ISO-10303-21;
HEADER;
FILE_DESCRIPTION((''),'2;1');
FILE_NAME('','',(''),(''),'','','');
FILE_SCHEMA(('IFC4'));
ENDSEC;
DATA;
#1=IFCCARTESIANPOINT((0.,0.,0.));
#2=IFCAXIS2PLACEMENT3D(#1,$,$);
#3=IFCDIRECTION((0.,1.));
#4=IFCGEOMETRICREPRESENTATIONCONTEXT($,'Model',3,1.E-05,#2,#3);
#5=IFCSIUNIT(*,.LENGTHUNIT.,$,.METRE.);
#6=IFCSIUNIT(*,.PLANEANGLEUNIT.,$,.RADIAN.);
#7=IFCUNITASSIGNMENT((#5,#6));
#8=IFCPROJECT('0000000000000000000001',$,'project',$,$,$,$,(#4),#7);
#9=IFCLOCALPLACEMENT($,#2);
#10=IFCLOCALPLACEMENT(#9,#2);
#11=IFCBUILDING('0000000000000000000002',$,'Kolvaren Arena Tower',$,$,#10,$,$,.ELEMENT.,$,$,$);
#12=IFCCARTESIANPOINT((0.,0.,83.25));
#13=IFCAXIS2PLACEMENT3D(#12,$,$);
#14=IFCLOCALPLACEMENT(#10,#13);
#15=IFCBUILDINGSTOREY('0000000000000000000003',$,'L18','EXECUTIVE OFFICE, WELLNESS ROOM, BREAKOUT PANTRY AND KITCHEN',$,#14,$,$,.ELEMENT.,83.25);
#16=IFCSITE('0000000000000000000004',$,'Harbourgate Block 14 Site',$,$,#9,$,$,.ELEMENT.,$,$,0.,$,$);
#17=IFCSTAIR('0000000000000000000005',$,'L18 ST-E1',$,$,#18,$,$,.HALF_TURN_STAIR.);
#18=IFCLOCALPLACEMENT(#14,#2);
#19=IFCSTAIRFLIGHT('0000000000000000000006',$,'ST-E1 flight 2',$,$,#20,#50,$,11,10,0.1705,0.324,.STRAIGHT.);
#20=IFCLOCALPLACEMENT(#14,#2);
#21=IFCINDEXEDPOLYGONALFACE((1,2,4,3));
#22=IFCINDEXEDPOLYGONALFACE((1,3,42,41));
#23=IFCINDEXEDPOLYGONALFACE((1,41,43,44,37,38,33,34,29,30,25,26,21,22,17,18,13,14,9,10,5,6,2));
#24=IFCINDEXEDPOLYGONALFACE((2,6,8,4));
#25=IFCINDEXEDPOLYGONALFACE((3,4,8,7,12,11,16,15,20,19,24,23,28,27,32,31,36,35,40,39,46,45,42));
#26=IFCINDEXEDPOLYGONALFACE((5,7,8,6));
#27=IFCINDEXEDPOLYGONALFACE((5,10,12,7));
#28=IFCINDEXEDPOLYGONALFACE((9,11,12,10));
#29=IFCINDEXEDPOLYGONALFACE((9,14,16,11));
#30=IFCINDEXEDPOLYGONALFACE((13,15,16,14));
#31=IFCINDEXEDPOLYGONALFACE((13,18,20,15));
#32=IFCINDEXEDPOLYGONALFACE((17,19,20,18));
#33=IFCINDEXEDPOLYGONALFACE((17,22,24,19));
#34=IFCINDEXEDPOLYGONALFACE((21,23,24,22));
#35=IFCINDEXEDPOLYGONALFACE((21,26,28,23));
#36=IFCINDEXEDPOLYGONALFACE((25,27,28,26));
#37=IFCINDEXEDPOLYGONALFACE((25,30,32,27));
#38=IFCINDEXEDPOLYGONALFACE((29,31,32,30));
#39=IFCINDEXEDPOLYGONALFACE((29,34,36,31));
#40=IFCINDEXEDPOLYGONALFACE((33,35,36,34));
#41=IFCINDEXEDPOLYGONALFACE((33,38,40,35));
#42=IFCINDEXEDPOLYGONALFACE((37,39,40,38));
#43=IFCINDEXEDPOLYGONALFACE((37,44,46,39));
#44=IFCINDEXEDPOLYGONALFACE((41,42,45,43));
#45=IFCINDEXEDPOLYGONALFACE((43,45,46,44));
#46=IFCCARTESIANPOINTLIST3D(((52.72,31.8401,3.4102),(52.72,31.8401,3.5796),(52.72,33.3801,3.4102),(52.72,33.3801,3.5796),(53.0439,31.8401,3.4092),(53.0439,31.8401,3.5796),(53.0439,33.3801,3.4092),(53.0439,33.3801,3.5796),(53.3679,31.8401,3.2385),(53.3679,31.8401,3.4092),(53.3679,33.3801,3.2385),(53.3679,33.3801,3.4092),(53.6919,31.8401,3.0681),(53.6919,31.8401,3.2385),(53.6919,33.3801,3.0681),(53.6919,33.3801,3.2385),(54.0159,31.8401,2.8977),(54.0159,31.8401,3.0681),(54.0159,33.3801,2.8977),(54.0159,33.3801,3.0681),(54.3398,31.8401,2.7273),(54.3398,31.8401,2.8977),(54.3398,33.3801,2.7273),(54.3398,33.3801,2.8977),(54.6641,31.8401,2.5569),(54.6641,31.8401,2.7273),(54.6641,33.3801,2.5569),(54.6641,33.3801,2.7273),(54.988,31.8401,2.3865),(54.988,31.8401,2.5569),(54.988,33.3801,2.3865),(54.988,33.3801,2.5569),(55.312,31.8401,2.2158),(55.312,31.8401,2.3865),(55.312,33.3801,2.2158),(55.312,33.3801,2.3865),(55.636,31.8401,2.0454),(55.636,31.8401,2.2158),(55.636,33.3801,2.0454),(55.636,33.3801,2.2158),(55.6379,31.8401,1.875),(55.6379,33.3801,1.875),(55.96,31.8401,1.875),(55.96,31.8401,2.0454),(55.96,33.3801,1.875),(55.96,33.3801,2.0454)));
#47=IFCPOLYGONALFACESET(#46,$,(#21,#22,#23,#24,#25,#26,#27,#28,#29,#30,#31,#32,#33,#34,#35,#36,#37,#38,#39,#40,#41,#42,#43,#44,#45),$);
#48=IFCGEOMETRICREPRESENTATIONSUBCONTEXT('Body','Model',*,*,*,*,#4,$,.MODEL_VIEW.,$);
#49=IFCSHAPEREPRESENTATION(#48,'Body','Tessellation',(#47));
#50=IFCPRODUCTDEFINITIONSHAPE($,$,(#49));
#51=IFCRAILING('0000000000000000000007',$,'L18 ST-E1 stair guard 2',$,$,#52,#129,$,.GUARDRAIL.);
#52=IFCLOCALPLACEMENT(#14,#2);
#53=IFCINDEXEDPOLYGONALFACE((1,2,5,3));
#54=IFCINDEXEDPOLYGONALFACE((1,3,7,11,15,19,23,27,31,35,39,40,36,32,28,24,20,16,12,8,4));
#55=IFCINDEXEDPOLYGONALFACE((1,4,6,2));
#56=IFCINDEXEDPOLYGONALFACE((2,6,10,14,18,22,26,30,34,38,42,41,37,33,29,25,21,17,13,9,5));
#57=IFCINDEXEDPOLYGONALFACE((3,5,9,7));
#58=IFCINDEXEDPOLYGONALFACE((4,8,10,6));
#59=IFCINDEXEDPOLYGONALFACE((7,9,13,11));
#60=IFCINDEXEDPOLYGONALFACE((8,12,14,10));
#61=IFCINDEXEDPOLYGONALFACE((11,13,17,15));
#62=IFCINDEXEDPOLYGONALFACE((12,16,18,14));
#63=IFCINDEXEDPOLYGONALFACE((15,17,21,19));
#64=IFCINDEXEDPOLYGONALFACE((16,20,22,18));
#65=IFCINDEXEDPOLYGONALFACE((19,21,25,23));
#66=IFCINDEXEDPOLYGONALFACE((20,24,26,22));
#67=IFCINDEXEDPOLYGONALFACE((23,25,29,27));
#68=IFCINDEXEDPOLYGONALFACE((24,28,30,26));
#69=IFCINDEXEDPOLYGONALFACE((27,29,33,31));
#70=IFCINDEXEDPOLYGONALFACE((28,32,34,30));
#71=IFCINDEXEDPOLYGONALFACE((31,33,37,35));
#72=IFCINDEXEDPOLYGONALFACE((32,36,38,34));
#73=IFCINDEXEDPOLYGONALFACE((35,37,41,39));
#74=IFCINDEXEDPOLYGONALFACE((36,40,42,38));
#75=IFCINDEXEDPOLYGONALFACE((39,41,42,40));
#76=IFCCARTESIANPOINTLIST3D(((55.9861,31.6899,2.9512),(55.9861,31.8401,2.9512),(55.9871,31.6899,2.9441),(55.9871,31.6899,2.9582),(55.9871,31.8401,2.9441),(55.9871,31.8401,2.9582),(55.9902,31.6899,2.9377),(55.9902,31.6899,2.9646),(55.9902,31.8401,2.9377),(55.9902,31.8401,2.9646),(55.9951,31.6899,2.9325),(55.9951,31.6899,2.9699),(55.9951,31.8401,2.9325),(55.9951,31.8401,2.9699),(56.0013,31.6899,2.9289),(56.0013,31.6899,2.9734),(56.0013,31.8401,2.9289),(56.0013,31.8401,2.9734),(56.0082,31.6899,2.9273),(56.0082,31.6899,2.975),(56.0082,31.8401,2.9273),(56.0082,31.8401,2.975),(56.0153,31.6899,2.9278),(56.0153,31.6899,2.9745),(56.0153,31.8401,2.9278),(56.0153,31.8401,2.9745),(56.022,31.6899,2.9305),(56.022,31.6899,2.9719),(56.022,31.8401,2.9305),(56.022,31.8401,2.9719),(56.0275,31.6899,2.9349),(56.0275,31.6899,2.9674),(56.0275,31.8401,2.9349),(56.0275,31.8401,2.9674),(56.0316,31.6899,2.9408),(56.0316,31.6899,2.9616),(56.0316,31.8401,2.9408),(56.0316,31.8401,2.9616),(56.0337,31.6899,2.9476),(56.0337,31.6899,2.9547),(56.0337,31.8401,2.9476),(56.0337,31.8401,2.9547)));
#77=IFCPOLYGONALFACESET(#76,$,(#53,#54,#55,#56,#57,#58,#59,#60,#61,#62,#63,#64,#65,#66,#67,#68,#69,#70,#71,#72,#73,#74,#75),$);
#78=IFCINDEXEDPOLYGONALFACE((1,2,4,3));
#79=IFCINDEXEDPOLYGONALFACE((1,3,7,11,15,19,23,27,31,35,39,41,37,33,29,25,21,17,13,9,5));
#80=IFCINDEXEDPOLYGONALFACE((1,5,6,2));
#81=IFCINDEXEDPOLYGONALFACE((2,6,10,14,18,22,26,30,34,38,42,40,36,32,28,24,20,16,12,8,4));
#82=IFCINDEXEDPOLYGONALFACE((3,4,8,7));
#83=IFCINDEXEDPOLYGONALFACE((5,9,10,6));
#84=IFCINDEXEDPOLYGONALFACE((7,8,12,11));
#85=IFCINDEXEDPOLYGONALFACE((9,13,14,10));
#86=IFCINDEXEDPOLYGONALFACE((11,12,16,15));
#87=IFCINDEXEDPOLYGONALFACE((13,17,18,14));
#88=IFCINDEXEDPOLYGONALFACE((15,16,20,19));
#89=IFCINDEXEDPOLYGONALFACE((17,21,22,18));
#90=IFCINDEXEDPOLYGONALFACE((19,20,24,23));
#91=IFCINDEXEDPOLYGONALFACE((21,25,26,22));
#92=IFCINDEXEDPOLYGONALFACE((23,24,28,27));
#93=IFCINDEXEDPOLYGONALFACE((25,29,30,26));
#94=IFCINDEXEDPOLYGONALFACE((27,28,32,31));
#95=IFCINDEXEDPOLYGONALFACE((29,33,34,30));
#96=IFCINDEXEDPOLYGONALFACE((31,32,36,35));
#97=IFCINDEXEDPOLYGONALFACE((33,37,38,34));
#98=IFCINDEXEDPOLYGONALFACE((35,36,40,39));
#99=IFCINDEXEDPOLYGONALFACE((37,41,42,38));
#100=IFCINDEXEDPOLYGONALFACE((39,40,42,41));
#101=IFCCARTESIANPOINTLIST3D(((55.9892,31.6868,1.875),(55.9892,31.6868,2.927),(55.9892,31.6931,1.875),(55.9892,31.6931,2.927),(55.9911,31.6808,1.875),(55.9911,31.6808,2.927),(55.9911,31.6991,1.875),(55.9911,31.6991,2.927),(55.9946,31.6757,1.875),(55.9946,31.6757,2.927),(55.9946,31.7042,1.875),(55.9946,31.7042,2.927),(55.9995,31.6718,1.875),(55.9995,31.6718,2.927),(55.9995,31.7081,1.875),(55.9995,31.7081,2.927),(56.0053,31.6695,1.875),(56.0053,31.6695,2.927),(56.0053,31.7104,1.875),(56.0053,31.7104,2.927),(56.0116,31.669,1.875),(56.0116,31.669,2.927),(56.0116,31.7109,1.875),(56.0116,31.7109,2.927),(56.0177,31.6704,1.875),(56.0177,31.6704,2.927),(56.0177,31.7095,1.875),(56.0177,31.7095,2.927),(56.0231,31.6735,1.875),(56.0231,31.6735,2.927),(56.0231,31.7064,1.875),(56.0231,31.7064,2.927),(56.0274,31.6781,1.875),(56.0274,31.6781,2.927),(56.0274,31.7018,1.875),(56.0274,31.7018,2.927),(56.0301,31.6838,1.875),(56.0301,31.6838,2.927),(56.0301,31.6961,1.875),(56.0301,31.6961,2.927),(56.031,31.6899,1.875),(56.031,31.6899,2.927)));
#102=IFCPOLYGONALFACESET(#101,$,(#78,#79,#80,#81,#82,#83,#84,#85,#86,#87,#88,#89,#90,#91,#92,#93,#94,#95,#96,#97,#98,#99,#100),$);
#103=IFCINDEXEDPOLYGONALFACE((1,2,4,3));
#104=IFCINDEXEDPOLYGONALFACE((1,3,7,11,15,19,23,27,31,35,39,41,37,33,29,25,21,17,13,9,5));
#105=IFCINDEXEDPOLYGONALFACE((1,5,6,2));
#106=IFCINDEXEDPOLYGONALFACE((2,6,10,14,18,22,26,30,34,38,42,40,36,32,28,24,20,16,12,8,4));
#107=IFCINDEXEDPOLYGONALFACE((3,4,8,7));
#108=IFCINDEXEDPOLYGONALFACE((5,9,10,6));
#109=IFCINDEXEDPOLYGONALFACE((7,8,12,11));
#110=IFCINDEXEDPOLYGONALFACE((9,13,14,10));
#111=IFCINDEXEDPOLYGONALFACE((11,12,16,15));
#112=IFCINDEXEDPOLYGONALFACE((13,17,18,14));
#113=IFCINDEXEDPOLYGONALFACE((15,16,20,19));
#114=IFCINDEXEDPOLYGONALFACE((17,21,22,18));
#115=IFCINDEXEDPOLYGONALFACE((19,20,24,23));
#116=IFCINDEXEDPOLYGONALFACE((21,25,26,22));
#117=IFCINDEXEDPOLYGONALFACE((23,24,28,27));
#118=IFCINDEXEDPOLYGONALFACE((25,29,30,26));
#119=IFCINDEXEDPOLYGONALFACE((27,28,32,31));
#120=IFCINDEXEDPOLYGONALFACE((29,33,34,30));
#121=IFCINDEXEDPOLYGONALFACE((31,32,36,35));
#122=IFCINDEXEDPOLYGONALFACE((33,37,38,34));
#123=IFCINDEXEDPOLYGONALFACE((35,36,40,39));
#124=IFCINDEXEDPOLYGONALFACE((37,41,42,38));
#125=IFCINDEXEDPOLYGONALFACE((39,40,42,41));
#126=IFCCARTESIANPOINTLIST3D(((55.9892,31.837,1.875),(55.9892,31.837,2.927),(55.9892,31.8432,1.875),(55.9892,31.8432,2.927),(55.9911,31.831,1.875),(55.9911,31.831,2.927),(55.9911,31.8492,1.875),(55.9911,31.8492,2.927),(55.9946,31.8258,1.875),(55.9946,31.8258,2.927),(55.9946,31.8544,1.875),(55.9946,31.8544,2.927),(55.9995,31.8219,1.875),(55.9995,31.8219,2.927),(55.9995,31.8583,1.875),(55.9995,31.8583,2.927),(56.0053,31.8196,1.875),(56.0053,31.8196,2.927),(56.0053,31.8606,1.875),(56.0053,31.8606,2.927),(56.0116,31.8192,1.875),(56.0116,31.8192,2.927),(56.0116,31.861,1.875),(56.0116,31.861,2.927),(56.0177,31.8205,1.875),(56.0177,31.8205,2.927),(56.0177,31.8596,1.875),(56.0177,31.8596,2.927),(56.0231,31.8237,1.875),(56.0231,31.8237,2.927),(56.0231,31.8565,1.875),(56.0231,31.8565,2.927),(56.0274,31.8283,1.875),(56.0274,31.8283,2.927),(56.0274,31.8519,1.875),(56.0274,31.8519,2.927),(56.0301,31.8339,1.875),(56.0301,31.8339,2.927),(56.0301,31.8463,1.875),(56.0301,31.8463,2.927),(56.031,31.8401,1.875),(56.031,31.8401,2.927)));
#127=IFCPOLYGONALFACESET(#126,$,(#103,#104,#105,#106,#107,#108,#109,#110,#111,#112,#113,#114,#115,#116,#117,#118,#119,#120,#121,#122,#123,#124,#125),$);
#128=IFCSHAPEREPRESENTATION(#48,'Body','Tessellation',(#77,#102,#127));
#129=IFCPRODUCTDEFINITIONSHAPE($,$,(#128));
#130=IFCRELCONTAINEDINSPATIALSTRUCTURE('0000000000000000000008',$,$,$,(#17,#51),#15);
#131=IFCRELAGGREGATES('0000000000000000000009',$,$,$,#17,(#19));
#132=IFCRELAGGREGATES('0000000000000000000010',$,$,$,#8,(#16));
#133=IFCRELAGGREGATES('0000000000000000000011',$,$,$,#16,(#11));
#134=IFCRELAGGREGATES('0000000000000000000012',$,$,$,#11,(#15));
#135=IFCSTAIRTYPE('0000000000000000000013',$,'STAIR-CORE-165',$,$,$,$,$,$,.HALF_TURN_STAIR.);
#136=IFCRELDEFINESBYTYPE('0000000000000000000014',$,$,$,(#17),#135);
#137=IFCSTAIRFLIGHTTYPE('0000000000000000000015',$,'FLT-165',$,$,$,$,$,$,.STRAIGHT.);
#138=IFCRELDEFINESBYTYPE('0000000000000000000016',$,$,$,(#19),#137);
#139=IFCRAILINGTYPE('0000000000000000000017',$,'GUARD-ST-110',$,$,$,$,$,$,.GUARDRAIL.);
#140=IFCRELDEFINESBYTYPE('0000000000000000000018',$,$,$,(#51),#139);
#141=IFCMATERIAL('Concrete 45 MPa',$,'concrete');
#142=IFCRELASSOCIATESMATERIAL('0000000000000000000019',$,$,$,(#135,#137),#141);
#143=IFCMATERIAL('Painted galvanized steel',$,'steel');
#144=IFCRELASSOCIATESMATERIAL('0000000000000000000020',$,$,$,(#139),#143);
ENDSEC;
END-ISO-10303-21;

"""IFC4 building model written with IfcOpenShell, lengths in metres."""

from ifc_helpers import new_model, si_unit, direction, frame, origin, origin_2d, place, context, subcontext, project, spatial, polyline, circle, outline, extrude, material, type_object, element, aggregate, save


model = new_model("IFC4")

# Units and contexts
model_context = context("Model", 3, precision=1e-05, world=origin(), true_north=direction((0.0, 1.0)))
body_context = subcontext(model_context, "Body", "Model", "MODEL_VIEW")
ifc_project = project(units=[si_unit("LENGTHUNIT", "METRE"), si_unit("PLANEANGLEUNIT", "RADIAN")], contexts=[model_context])

# Site, building, storey
site_placement = place(None, origin())
site = spatial("IfcSite", under=ifc_project, at=site_placement, Name="Harbourgate Block 14 Site", CompositionType="ELEMENT", RefElevation=0.0)
building_placement = place(site_placement, origin())
building = spatial("IfcBuilding", under=site, at=building_placement, Name="Kolvaren Arena Tower", CompositionType="ELEMENT")
storey_placement = place(building_placement, frame((0.0, 0.0, 83.25)))
storey = spatial("IfcBuildingStorey", under=building, at=storey_placement, Name="L18", Description="EXECUTIVE OFFICE, WELLNESS ROOM, BREAKOUT PANTRY AND KITCHEN", CompositionType="ELEMENT", Elevation=83.25)

# Shared definitions
ifc_material_1 = material(Name="Concrete 45 MPa", Category="concrete")

# Stair, stair flight
stair_type = type_object("IfcStairType", Name="STAIR-CORE-165", PredefinedType="HALF_TURN_STAIR", material=ifc_material_1)
stair_placement = place(storey_placement, origin())
stair = element("IfcStair", 1, at=stair_placement, inside=storey, type_object=stair_type, Name="L18 ST-E1", PredefinedType="HALF_TURN_STAIR")
stair_flight_type = type_object("IfcStairFlightType", Name="FLT-165", PredefinedType="STRAIGHT", material=ifc_material_1)
stair_flight_placement = place(storey_placement, frame((55.96, 32.6101, 1.875), z_axis=(0.0, 0.0, 1.0), x_axis=(-1.0, 0.0, 0.0)))
stair_flight = element("IfcStairFlight", 2, at=stair_flight_placement, type_object=stair_flight_type, Name="ST-E1 flight 2", NumberOfRisers=11, NumberOfTreads=10, PredefinedType="STRAIGHT", RiserHeight=0.1705, TreadLength=0.324, context=body_context, shape_type="SweptSolid", body=[
    extrude(outline(polyline([(0.0, 0.0), (0.0, 0.1704), (0.324, 0.1704), (0.324, 0.3408), (0.6479, 0.3408), (0.6479, 0.5115), (0.9719, 0.5115), (0.9719, 0.6819), (1.2959, 0.6819), (1.2959, 0.8523), (1.6201, 0.8523), (1.6201, 1.0227), (1.9441, 1.0227), (1.9441, 1.1931), (2.2681, 1.1931), (2.2681, 1.3635), (2.592, 1.3635), (2.592, 1.5342), (2.916, 1.5342), (2.916, 1.7046), (3.24, 1.7046), (3.24, 1.875), (3.24, 1.5352), (0.322, 0.0), (0.0, 0.0)])), frame((0.0, 0.77, 0.0), z_axis=(0.0, -1.0, 0.0), x_axis=(1.0, 0.0, 0.0)), (0.0, 0.0, 1.0), 1.54),
])
aggregate(stair, [stair_flight])

# Railing
ifc_material_2 = material(Name="Painted galvanized steel", Category="steel")
railing_type_1 = type_object("IfcRailingType", Name="GUARD-ST-110", PredefinedType="GUARDRAIL", material=ifc_material_2)
railing_1_placement = place(storey_placement, frame((56.01, 31.6899, 1.875)))
element("IfcRailing", 3, at=railing_1_placement, inside=storey, type_object=railing_type_1, Name="L18 ST-E1 stair guard 2", PredefinedType="GUARDRAIL", context=body_context, shape_type="SweptSolid", body=[
    extrude(circle(Radius=0.0239, at=origin_2d()), frame((0.0, 0.0, 1.0762), z_axis=(0.0, 1.0, 0.0), x_axis=(-1.0, 0.0, 0.0)), (0.0, 0.0, 1.0), 0.1501),
    extrude(circle(Radius=0.021, at=origin_2d()), origin(), (0.0, 0.0, 1.0), 1.052),
    extrude(circle(Radius=0.021, at=origin_2d()), frame((0.0, 0.1501, 0.0)), (0.0, 0.0, 1.0), 1.052),
])

save(model, "model.ifc")
